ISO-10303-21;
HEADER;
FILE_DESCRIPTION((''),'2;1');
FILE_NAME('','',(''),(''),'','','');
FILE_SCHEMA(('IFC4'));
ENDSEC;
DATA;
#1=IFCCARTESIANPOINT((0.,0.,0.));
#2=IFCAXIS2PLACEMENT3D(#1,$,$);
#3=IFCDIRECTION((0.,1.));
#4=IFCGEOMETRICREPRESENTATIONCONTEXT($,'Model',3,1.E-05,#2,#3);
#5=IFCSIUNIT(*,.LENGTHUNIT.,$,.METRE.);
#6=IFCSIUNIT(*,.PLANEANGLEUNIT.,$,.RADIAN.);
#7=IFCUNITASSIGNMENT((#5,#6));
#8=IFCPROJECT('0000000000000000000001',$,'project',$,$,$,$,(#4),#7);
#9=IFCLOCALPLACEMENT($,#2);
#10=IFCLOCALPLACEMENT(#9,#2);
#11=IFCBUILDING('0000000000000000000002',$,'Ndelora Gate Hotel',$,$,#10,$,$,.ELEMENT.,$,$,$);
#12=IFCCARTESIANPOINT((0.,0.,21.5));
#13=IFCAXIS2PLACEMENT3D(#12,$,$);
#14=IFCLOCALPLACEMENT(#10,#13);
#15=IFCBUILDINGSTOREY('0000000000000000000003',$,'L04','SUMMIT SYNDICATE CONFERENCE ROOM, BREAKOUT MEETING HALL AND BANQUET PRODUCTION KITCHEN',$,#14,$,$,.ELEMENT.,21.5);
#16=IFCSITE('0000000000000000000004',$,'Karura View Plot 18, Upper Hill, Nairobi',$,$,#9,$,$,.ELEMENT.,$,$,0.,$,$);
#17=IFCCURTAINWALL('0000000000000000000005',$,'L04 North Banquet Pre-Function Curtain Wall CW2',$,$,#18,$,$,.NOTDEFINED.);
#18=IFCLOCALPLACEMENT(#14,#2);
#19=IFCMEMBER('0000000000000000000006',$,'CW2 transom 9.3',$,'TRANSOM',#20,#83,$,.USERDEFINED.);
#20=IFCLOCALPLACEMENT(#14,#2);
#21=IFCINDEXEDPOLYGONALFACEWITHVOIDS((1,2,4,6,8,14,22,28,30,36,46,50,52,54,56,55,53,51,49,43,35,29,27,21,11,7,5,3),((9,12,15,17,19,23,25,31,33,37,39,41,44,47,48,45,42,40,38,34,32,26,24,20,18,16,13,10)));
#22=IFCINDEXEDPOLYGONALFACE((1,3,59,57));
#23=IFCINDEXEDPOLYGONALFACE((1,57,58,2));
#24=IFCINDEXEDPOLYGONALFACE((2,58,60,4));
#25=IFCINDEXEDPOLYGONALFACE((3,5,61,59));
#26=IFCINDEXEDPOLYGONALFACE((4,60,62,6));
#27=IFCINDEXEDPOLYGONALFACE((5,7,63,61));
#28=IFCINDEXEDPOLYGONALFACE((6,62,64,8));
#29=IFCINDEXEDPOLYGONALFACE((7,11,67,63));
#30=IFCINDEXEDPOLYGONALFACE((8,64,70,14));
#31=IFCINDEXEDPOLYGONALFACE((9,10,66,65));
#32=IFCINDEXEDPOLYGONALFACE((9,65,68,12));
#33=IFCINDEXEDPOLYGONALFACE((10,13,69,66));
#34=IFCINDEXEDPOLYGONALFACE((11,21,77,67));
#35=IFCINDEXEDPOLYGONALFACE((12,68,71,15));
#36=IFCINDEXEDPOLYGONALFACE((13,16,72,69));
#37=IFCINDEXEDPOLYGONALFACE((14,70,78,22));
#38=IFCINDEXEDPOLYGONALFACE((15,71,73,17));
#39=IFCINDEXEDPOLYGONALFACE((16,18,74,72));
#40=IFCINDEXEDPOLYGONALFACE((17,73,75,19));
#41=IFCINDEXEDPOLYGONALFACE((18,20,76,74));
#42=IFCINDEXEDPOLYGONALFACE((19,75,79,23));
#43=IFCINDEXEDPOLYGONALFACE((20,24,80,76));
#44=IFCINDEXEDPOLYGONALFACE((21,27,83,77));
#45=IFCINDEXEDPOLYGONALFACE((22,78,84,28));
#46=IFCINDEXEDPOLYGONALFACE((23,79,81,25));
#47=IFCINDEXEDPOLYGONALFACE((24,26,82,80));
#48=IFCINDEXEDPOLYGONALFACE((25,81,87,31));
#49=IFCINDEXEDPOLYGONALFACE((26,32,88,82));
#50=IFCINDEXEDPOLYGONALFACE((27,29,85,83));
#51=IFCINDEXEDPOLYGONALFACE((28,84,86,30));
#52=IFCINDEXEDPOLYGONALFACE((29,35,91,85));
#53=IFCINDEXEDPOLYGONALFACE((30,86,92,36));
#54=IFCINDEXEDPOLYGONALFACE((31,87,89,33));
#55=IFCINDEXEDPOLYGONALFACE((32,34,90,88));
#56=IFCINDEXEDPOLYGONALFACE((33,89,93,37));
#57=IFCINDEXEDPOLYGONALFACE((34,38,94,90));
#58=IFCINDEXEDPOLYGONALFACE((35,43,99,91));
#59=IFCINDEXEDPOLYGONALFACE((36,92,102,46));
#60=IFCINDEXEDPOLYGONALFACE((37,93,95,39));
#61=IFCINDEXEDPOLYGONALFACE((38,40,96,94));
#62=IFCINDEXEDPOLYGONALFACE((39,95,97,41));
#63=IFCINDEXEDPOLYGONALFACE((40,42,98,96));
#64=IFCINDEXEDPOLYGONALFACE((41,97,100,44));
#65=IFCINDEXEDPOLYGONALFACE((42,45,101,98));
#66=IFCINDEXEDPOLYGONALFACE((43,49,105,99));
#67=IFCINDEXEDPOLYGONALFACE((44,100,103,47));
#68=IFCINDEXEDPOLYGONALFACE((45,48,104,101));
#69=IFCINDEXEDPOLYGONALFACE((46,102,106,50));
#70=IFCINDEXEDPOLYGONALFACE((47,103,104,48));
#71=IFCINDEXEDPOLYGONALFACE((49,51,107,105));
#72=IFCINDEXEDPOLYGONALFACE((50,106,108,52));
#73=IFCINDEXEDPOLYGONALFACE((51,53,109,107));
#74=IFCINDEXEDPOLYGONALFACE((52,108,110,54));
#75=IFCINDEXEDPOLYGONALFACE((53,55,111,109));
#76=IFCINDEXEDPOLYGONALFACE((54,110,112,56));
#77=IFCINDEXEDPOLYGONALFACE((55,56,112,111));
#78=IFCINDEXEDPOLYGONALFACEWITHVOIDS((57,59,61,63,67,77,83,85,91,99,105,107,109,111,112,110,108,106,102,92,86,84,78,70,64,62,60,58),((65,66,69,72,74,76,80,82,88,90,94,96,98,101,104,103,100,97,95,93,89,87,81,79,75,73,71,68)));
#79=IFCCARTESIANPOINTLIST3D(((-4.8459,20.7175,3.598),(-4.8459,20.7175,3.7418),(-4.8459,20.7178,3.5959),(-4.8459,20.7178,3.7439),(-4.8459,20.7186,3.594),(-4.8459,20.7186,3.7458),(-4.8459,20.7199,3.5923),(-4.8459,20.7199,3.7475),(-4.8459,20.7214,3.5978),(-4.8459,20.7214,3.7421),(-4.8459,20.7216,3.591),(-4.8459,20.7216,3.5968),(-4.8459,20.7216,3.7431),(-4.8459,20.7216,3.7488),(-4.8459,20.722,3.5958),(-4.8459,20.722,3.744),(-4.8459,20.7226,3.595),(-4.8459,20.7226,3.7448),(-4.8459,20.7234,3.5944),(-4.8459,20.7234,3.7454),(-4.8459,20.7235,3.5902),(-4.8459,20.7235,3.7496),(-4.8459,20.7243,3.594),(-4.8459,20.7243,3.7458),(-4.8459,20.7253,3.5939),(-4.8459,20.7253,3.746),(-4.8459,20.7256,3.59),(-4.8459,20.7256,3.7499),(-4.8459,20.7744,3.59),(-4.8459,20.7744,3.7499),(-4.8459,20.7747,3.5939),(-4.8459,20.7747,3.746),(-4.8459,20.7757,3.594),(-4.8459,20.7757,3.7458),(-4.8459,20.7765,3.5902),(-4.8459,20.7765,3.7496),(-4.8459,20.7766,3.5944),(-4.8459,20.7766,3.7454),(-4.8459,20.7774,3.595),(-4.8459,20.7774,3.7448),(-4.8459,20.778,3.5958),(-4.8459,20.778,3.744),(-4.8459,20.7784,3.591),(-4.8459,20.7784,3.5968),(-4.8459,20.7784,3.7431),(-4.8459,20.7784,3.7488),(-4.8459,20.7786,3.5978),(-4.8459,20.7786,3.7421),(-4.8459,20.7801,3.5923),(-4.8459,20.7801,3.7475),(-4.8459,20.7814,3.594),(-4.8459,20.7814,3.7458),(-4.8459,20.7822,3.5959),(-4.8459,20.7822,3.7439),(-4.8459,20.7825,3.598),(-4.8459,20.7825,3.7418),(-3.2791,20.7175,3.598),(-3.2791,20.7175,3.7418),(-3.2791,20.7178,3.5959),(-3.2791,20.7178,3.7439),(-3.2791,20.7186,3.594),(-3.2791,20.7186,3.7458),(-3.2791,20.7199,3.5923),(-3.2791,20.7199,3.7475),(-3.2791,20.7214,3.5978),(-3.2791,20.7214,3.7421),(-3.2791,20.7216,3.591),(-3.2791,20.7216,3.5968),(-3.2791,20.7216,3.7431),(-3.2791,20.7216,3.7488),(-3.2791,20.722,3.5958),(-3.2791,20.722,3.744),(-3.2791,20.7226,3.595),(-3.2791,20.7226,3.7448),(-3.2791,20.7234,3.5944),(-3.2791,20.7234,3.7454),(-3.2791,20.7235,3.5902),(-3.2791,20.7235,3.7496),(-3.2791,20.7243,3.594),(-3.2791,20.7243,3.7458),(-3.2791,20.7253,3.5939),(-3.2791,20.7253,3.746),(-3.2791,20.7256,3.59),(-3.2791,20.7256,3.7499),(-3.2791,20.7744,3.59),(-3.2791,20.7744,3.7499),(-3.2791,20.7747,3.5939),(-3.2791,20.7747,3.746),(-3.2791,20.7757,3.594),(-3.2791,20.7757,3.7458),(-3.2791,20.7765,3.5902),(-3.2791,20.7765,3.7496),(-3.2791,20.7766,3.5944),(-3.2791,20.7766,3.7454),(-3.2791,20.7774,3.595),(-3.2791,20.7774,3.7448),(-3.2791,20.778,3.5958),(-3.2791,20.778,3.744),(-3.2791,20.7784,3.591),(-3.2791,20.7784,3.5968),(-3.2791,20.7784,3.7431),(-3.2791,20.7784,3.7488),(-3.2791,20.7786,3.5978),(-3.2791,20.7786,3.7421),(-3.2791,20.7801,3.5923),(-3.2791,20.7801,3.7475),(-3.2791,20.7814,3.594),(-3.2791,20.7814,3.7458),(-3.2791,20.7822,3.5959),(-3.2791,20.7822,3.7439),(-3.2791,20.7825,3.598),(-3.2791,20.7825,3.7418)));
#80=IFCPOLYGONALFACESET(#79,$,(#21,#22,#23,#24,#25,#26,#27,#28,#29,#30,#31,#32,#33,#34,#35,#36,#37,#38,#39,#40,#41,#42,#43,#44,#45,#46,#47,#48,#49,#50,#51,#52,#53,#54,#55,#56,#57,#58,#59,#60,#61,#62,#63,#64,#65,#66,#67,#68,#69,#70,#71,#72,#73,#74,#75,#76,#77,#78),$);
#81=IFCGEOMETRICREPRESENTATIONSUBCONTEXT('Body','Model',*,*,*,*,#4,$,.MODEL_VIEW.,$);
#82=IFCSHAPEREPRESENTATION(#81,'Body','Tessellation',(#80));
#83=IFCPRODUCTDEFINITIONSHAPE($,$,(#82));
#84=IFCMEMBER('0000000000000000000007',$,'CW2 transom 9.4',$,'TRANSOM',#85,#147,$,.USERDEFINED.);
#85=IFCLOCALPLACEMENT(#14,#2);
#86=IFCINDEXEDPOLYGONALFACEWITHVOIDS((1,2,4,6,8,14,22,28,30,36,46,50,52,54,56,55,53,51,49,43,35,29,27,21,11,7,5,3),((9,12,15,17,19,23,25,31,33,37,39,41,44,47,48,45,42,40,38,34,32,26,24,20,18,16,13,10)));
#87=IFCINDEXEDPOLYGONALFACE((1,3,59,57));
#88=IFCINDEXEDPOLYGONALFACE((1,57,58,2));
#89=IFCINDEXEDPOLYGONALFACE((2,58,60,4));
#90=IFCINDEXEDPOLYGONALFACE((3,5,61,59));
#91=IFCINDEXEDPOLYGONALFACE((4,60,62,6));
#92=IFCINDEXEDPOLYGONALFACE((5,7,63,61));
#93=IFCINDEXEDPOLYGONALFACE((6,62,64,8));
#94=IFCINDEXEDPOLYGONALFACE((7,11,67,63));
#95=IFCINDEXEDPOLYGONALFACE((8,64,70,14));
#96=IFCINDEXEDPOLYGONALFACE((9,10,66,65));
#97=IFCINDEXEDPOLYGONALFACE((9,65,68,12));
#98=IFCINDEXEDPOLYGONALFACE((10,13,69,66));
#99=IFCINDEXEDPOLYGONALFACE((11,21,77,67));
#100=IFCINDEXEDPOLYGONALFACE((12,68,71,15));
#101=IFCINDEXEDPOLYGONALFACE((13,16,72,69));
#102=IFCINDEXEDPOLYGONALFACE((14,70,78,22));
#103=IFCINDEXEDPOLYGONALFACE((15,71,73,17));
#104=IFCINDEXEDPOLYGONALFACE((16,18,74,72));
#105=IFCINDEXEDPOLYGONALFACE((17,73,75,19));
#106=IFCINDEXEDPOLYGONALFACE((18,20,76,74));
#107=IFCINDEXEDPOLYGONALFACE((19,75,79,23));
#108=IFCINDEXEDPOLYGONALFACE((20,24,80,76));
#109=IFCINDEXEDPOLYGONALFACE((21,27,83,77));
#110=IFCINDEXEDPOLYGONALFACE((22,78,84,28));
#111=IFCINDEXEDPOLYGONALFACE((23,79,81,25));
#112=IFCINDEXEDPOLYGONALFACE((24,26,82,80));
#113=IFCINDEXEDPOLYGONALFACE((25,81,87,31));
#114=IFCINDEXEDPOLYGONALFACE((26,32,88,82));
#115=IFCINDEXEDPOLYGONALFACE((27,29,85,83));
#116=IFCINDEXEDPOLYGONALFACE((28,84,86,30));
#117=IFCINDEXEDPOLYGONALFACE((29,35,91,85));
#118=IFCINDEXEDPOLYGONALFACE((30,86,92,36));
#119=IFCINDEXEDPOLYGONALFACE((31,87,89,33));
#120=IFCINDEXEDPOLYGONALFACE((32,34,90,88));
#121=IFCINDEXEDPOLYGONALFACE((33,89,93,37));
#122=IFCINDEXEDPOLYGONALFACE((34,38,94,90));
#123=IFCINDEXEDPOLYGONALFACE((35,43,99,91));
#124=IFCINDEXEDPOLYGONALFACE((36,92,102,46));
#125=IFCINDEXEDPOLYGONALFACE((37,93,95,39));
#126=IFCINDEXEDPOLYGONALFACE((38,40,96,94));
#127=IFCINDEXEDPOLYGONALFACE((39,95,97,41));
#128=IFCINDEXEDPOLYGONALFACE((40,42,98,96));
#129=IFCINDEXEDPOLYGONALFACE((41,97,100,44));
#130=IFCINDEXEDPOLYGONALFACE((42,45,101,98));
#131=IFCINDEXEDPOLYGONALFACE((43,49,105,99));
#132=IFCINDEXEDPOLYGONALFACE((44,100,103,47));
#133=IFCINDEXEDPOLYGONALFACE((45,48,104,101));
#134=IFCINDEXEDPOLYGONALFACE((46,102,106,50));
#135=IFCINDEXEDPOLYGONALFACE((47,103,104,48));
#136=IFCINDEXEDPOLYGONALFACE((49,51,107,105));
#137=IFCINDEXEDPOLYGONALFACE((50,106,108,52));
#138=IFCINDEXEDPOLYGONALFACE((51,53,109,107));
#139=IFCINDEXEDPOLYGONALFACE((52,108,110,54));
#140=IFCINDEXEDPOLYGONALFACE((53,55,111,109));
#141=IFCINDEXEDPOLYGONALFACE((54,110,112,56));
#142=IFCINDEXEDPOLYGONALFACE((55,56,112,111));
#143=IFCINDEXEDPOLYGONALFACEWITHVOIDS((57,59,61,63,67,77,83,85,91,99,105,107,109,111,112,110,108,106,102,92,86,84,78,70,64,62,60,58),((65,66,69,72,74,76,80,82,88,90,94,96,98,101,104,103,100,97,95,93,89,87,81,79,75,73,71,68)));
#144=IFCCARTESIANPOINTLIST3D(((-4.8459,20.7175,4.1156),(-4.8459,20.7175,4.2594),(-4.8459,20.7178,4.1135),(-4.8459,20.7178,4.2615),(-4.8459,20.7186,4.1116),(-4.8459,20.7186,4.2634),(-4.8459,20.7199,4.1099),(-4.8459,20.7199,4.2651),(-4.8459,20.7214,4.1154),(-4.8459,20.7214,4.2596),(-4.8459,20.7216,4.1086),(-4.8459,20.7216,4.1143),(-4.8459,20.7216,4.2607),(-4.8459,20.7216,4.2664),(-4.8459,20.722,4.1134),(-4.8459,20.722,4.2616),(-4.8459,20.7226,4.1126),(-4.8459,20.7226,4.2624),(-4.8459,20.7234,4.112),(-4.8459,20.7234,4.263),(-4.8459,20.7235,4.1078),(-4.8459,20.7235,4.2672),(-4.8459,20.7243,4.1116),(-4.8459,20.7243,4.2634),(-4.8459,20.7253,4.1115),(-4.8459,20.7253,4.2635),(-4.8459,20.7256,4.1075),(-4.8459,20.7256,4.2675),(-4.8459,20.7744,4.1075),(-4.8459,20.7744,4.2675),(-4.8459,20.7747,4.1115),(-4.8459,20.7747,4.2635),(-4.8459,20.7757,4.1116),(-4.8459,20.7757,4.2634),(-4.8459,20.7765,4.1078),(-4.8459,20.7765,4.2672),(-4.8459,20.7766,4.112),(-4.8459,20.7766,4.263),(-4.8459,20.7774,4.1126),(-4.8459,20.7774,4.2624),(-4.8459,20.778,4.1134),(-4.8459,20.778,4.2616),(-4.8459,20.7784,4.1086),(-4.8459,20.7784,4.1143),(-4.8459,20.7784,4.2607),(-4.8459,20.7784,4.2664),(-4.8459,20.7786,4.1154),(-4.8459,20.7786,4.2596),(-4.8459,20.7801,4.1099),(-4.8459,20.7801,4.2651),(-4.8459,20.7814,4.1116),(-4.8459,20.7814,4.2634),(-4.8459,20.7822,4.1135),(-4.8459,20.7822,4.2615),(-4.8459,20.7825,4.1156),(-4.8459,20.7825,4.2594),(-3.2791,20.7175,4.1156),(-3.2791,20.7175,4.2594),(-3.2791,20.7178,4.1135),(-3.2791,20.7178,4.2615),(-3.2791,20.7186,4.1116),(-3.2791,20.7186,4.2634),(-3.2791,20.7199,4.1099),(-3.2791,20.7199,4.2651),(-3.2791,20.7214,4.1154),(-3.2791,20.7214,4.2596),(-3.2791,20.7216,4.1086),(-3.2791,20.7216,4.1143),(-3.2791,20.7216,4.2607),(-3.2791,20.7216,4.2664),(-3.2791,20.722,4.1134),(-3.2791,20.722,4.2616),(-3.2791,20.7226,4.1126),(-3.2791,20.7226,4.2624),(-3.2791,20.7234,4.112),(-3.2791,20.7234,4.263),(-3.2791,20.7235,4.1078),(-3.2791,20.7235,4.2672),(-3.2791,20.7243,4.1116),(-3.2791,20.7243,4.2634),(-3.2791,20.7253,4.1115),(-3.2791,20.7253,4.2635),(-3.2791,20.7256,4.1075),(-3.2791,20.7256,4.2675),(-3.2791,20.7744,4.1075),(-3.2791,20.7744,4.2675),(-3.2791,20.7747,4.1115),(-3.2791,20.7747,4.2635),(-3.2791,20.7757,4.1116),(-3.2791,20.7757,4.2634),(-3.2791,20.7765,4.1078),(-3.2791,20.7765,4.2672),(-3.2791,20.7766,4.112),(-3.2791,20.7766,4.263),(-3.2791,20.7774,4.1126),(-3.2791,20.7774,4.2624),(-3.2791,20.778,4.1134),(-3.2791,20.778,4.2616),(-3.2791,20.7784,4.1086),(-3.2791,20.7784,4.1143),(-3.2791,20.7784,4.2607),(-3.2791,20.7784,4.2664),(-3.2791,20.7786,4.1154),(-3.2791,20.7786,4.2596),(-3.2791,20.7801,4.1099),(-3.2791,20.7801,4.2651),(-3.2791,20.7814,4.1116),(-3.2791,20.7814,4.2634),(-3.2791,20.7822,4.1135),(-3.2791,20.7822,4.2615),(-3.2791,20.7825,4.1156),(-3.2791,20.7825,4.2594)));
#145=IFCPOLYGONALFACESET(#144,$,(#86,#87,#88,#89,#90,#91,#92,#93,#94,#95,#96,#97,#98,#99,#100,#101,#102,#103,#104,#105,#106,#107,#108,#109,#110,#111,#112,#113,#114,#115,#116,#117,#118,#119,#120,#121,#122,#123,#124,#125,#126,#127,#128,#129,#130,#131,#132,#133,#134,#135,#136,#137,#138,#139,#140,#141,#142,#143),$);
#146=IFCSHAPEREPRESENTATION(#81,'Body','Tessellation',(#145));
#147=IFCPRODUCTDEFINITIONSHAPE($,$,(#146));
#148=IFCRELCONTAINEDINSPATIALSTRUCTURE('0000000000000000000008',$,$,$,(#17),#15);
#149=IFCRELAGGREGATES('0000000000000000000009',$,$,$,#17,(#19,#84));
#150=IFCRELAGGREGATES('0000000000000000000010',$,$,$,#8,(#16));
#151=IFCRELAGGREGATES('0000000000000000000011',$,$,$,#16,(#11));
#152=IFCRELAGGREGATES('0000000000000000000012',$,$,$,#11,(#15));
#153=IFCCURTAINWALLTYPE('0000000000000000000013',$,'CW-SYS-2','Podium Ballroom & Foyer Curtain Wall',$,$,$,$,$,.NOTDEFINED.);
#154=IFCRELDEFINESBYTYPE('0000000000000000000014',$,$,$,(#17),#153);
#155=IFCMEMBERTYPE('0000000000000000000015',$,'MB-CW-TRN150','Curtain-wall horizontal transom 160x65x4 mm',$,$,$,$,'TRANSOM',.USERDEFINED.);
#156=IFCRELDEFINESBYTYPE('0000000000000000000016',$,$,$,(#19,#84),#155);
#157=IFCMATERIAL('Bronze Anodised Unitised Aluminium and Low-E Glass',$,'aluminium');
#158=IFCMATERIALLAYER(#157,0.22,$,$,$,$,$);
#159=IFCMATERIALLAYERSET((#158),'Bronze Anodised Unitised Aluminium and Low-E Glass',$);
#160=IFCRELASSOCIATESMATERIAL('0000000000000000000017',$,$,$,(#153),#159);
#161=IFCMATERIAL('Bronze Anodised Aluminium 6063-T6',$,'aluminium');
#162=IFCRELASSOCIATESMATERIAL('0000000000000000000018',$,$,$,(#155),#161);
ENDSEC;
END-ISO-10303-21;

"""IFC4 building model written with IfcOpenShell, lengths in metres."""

from ifc_helpers import new_model, si_unit, direction, frame, origin, origin_2d, place, context, subcontext, project, spatial, hollow_rectangle, extrude, material, layer, layer_set, material_profile, profile_set, type_object, element, aggregate, save


model = new_model("IFC4")

# Units and contexts
model_context = context("Model", 3, precision=1e-05, world=origin(), true_north=direction((0.0, 1.0)))
body_context = subcontext(model_context, "Body", "Model", "MODEL_VIEW")
ifc_project = project(units=[si_unit("LENGTHUNIT", "METRE"), si_unit("PLANEANGLEUNIT", "RADIAN")], contexts=[model_context])

# Site, building, storey
site_placement = place(None, origin())
site = spatial("IfcSite", under=ifc_project, at=site_placement, Name="Karura View Plot 18, Upper Hill, Nairobi", CompositionType="ELEMENT", RefElevation=0.0)
building_placement = place(site_placement, origin())
building = spatial("IfcBuilding", under=site, at=building_placement, Name="Ndelora Gate Hotel", CompositionType="ELEMENT")
storey_placement = place(building_placement, frame((0.0, 0.0, 21.5)))
storey = spatial("IfcBuildingStorey", under=building, at=storey_placement, Name="L04", Description="SUMMIT SYNDICATE CONFERENCE ROOM, BREAKOUT MEETING HALL AND BANQUET PRODUCTION KITCHEN", CompositionType="ELEMENT", Elevation=21.5)

# Curtain wall, members
ifc_material_1 = material(Name="Bronze Anodised Unitised Aluminium and Low-E Glass", Category="aluminium")
ifc_layer_1 = layer(ifc_material_1, 0.22)
ifc_layer_set_1 = layer_set([ifc_layer_1], Name="Bronze Anodised Unitised Aluminium and Low-E Glass")
curtain_wall_type = type_object("IfcCurtainWallType", Name="CW-SYS-2", Description="Podium Ballroom & Foyer Curtain Wall", PredefinedType="NOTDEFINED", material=ifc_layer_set_1)
curtain_wall_placement = place(storey_placement, origin())
curtain_wall = element("IfcCurtainWall", 1, at=curtain_wall_placement, inside=storey, type_object=curtain_wall_type, Name="L04 North Banquet Pre-Function Curtain Wall CW2", PredefinedType="NOTDEFINED")
ifc_material_2 = material(Name="Bronze Anodised Aluminium 6063-T6", Category="aluminium")
ifc_material_profile_1 = material_profile(ifc_material_2, hollow_rectangle(XDim=0.0649, YDim=0.1599, WallThickness=0.0039, InnerFilletRadius=0.0039, OuterFilletRadius=0.0081, at=origin_2d()), Name="ALU 160x65x4")
ifc_profile_set_1 = profile_set([ifc_material_profile_1], Name="Bronze Anodised Aluminium 6063-T6")
member_type_1 = type_object("IfcMemberType", Name="MB-CW-TRN150", Description="Curtain-wall horizontal transom 160x65x4 mm", ElementType="TRANSOM", PredefinedType="USERDEFINED", material=ifc_profile_set_1)
member_1_placement = place(storey_placement, frame((-3.2791, 20.75, 3.6699), z_axis=(-1.0, 0.0, 0.0), x_axis=(0.0, -1.0, 0.0)))
member_1 = element("IfcMember", 2, at=member_1_placement, type_object=member_type_1, Name="CW2 transom 9.3", ObjectType="TRANSOM", PredefinedType="USERDEFINED", context=body_context, shape_type="SweptSolid", body=[
    extrude(hollow_rectangle(XDim=0.0649, YDim=0.1599, WallThickness=0.0039, InnerFilletRadius=0.0039, OuterFilletRadius=0.0081, at=origin_2d()), origin(), (0.0, 0.0, 1.0), 1.5669),
])
member_2_placement = place(storey_placement, frame((-3.2791, 20.75, 4.1875), z_axis=(-1.0, 0.0, 0.0), x_axis=(0.0, -1.0, 0.0)))
member_2 = element("IfcMember", 3, at=member_2_placement, type_object=member_type_1, Name="CW2 transom 9.4", ObjectType="TRANSOM", PredefinedType="USERDEFINED", context=body_context, shape_type="SweptSolid", body=[
    extrude(hollow_rectangle(XDim=0.0649, YDim=0.1599, WallThickness=0.0039, InnerFilletRadius=0.0039, OuterFilletRadius=0.0081, at=origin_2d()), origin(), (0.0, 0.0, 1.0), 1.5669),
])
aggregate(curtain_wall, [member_1, member_2])

save(model, "model.ifc")
